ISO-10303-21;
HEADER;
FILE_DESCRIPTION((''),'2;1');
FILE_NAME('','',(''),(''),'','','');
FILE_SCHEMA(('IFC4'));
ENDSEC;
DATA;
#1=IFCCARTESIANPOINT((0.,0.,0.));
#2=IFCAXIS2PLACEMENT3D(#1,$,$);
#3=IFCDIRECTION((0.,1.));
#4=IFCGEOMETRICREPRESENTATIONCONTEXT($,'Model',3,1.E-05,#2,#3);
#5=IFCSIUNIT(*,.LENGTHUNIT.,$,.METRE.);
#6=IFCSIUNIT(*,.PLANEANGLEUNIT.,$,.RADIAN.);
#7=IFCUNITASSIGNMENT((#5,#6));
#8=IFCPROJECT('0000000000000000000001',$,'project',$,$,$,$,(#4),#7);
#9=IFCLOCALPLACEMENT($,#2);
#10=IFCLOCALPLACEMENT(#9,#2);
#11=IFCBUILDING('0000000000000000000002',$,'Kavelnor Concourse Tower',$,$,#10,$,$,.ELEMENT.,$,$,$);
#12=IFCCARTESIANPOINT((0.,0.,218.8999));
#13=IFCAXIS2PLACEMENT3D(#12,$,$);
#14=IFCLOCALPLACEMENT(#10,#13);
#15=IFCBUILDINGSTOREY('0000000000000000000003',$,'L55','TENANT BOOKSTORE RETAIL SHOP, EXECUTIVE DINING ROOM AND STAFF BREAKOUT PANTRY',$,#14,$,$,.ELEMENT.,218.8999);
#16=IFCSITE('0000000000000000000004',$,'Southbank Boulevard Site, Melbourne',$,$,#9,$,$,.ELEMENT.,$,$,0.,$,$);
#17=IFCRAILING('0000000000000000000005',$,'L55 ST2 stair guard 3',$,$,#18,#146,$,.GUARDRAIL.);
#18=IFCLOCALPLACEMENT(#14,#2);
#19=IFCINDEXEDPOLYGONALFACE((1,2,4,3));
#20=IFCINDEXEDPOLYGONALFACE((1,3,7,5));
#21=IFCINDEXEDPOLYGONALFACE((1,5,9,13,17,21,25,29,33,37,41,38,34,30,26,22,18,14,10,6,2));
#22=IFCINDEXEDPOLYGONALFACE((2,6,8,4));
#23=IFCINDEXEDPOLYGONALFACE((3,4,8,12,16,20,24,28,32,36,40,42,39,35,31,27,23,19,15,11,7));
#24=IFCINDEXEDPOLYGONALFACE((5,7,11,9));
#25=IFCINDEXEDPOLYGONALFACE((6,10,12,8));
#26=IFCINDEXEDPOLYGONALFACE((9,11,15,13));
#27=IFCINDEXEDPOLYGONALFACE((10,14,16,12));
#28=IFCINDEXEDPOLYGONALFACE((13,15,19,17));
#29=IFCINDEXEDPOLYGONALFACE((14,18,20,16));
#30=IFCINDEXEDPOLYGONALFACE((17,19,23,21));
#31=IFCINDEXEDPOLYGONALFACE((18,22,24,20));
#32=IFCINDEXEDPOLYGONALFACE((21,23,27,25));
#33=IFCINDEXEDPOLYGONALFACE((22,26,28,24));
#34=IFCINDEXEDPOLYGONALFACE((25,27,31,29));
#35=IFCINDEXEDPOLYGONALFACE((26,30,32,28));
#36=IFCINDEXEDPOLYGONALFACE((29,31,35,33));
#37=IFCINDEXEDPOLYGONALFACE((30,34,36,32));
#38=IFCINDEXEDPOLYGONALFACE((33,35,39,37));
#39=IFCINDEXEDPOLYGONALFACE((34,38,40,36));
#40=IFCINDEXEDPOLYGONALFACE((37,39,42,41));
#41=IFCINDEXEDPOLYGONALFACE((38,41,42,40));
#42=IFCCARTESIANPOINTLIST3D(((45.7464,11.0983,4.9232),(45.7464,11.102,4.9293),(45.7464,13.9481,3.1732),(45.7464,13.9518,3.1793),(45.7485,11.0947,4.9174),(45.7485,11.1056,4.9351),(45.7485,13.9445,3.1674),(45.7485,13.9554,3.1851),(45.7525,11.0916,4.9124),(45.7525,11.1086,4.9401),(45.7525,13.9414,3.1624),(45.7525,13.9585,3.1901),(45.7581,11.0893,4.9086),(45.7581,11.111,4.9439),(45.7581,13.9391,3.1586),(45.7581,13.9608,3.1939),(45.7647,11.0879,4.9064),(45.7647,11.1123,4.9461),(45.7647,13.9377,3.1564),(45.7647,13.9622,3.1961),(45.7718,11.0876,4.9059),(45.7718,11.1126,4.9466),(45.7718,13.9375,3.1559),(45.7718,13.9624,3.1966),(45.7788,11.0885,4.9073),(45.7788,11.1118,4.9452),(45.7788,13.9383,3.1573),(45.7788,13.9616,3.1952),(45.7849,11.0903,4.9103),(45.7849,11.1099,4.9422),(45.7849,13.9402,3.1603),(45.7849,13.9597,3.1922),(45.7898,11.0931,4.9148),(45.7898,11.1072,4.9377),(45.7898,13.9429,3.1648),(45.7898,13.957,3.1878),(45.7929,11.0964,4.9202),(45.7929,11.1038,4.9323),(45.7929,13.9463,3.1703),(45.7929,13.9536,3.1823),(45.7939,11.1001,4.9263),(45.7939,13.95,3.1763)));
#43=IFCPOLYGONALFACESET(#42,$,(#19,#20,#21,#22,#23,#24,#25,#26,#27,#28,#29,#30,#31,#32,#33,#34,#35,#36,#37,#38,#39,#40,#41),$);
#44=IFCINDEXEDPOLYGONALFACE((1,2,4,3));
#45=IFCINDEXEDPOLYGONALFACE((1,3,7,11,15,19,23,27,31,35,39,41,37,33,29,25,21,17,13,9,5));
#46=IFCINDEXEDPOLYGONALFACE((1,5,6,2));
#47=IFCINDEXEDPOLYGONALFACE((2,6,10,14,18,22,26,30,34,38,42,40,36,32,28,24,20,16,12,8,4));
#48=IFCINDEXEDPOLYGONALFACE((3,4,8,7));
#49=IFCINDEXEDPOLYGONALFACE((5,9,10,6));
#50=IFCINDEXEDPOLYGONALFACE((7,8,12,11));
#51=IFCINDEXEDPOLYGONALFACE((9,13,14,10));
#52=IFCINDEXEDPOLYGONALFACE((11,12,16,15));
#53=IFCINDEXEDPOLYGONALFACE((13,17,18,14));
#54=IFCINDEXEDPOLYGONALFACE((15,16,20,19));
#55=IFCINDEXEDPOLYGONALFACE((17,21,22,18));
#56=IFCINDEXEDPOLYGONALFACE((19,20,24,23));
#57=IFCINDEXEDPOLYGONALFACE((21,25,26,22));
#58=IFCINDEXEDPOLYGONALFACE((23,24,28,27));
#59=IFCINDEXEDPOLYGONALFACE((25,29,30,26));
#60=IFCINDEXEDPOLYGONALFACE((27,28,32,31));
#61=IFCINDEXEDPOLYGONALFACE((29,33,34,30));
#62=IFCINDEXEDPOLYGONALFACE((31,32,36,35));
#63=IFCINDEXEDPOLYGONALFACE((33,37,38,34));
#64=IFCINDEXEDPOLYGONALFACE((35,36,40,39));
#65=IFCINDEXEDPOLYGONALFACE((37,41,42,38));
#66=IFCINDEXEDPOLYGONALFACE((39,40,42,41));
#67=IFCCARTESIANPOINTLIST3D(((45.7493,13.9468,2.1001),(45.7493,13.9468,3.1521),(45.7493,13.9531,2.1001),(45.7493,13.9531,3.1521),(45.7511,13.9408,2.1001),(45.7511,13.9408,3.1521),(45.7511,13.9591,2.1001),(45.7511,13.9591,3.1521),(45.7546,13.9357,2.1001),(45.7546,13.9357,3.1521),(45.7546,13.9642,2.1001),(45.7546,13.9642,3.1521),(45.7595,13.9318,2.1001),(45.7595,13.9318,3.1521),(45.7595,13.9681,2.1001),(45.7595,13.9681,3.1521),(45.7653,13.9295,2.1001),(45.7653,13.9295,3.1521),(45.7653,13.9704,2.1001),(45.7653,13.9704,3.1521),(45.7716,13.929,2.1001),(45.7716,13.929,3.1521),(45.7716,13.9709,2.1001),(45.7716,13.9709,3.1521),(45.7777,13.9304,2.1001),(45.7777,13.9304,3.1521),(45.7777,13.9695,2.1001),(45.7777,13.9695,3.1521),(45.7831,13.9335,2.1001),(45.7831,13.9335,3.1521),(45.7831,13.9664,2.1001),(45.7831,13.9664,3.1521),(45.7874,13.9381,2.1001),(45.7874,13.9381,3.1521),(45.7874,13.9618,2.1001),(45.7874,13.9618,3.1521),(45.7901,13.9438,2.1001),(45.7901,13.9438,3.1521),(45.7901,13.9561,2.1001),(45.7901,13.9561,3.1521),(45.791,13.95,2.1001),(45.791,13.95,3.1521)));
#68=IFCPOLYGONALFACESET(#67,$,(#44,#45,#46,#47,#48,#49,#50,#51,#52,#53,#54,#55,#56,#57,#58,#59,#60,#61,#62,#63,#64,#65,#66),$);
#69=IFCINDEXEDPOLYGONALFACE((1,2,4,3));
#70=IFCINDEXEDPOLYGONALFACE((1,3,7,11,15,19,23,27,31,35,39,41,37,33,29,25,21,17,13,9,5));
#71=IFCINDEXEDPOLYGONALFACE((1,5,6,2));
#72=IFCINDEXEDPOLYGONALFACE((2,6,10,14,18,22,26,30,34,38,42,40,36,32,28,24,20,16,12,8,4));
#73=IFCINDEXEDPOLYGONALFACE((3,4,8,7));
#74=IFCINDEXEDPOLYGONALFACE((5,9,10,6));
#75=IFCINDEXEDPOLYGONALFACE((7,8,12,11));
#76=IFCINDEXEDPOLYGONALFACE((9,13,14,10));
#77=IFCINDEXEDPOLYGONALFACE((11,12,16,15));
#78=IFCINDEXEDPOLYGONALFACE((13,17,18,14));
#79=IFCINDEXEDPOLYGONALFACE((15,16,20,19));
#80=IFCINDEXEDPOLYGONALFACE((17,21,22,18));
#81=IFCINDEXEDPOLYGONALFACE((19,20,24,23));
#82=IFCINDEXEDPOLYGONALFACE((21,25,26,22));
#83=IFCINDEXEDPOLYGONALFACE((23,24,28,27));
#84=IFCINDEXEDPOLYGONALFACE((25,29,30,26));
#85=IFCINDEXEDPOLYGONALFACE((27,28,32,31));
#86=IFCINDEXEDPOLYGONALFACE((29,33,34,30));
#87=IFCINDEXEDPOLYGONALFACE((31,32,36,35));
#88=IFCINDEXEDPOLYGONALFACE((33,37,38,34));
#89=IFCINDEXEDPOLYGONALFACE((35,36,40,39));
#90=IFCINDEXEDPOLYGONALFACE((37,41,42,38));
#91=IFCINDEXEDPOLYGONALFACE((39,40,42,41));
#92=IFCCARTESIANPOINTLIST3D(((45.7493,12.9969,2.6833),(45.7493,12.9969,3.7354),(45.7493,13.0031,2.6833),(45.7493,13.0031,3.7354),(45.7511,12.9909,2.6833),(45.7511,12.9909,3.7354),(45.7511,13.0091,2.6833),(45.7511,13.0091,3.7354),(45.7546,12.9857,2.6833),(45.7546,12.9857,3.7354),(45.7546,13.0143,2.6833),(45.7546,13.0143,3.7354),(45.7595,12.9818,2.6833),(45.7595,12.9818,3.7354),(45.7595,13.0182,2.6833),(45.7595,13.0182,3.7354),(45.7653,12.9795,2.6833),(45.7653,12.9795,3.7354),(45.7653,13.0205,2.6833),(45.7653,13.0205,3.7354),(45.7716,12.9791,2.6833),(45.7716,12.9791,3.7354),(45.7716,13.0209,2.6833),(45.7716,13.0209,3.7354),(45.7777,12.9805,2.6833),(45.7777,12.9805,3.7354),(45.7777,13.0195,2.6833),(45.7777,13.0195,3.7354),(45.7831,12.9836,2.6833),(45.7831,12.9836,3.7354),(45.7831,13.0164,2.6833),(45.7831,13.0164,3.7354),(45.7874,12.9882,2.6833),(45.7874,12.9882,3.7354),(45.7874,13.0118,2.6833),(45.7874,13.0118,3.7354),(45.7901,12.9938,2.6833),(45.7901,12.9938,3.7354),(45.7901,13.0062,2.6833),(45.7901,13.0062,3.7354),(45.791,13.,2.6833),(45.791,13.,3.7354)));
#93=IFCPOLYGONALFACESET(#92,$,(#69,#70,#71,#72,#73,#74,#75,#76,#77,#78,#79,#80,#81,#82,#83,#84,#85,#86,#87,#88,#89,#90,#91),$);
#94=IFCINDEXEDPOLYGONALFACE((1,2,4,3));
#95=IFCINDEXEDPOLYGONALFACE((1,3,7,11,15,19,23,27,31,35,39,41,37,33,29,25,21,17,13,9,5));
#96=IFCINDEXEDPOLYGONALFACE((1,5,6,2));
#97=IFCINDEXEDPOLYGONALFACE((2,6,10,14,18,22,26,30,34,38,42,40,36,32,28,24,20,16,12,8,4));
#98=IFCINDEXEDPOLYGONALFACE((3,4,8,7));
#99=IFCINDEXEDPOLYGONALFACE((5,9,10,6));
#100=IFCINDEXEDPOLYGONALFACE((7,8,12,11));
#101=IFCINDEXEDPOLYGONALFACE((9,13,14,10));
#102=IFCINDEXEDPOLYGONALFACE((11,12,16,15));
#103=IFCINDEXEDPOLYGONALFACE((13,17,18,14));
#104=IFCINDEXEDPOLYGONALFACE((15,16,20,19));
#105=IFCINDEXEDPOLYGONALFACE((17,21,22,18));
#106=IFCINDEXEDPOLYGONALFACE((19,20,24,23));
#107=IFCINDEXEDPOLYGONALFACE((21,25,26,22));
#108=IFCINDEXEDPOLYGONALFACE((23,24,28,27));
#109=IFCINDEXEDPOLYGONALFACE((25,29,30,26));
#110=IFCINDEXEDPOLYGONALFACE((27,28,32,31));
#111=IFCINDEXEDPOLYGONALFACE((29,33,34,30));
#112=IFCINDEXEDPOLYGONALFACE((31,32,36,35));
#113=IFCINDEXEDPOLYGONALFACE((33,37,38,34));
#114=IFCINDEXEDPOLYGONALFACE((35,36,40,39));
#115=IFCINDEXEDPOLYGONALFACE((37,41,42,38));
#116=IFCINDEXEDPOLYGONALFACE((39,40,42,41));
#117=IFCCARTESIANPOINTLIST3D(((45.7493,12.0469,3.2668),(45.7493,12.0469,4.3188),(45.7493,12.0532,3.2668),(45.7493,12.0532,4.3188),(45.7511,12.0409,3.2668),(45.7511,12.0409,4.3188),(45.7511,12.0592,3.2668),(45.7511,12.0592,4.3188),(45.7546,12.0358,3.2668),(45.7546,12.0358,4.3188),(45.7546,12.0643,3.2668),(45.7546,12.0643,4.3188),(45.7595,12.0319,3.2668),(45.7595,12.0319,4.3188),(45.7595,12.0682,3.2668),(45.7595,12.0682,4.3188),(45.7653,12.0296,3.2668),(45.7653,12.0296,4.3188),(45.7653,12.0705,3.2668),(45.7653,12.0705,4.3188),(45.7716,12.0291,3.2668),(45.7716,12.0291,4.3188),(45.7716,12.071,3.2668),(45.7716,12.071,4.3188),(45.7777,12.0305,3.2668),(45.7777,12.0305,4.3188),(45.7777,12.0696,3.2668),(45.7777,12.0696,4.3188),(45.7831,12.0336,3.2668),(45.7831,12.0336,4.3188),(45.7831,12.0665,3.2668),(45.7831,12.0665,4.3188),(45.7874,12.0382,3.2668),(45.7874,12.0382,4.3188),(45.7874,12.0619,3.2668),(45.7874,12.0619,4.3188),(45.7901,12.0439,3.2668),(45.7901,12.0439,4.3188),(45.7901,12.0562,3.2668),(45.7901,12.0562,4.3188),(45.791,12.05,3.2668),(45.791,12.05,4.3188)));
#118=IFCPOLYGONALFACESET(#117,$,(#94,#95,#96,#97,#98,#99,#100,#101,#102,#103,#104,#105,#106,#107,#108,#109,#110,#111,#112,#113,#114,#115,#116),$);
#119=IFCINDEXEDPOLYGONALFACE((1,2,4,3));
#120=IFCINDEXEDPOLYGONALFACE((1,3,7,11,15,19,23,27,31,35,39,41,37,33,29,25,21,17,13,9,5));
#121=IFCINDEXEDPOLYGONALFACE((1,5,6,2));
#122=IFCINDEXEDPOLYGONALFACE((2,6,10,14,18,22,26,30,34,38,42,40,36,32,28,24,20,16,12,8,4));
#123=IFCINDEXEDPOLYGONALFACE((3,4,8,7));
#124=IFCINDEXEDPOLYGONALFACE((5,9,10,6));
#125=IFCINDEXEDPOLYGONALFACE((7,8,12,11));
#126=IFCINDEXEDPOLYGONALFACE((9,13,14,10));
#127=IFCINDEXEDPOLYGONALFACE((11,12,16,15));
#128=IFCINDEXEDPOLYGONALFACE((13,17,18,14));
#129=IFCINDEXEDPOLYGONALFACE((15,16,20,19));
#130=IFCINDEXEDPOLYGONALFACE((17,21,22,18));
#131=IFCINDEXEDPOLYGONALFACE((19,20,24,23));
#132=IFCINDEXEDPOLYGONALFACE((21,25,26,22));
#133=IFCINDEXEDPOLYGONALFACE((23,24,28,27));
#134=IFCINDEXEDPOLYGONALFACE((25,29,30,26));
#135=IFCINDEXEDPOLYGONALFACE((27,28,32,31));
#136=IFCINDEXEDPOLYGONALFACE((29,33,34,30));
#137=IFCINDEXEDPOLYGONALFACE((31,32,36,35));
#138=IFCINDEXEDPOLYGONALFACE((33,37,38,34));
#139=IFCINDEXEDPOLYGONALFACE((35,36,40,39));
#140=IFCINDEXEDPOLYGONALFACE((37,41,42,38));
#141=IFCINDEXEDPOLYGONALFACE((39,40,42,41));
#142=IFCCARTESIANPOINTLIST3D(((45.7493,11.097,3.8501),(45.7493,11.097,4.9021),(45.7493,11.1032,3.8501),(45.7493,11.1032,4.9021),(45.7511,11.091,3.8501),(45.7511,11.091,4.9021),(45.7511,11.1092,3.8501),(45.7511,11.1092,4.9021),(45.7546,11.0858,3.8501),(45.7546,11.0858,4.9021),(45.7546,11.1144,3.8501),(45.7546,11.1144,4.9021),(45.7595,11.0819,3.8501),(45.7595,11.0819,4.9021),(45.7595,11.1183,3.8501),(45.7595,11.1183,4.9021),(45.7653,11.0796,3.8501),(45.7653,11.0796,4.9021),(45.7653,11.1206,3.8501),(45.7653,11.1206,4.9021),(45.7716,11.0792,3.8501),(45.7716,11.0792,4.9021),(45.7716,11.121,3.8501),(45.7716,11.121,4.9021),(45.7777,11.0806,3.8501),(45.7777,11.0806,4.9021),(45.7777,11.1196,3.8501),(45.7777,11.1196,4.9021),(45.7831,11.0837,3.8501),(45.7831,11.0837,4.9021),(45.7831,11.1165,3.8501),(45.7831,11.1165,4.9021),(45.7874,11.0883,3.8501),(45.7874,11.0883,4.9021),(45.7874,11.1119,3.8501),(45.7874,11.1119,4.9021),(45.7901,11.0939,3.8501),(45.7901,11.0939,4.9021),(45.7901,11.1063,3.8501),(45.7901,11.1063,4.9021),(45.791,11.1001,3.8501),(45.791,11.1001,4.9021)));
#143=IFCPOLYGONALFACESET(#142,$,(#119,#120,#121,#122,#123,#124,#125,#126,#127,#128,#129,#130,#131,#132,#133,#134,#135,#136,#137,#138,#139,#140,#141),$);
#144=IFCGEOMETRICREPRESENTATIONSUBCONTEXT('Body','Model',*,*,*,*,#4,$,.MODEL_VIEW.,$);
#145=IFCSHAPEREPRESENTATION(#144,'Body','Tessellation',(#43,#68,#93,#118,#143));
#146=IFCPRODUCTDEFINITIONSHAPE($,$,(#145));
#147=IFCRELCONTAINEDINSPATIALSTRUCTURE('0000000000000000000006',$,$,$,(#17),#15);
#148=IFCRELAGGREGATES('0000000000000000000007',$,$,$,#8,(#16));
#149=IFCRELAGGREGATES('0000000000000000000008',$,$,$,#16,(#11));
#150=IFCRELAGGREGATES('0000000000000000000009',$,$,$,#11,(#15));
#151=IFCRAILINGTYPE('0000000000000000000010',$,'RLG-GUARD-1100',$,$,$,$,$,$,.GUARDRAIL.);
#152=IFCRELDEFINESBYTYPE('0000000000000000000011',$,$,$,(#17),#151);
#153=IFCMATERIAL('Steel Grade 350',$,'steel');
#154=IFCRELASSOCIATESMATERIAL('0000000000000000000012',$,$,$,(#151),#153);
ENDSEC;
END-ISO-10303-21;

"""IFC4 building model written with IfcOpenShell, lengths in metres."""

from ifc_helpers import new_model, si_unit, direction, frame, origin, origin_2d, place, context, subcontext, project, spatial, circle, extrude, material, type_object, element, save


model = new_model("IFC4")

# Units and contexts
model_context = context("Model", 3, precision=1e-05, world=origin(), true_north=direction((0.0, 1.0)))
body_context = subcontext(model_context, "Body", "Model", "MODEL_VIEW")
ifc_project = project(units=[si_unit("LENGTHUNIT", "METRE"), si_unit("PLANEANGLEUNIT", "RADIAN")], contexts=[model_context])

# Site, building, storey
site_placement = place(None, origin())
site = spatial("IfcSite", under=ifc_project, at=site_placement, Name="Southbank Boulevard Site, Melbourne", CompositionType="ELEMENT", RefElevation=0.0)
building_placement = place(site_placement, origin())
building = spatial("IfcBuilding", under=site, at=building_placement, Name="Kavelnor Concourse Tower", CompositionType="ELEMENT")
storey_placement = place(building_placement, frame((0.0, 0.0, 218.8999)))
storey = spatial("IfcBuildingStorey", under=building, at=storey_placement, Name="L55", Description="TENANT BOOKSTORE RETAIL SHOP, EXECUTIVE DINING ROOM AND STAFF BREAKOUT PANTRY", CompositionType="ELEMENT", Elevation=218.8999)

# Shared definitions
ifc_material_1 = material(Name="Steel Grade 350", Category="steel")

# Railing
railing_type_1 = type_object("IfcRailingType", Name="RLG-GUARD-1100", PredefinedType="GUARDRAIL", material=ifc_material_1)
railing_1_placement = place(storey_placement, frame((45.77, 13.95, 2.1001)))
element("IfcRailing", 1, at=railing_1_placement, inside=storey, type_object=railing_type_1, Name="L55 ST2 stair guard 3", PredefinedType="GUARDRAIL", context=body_context, shape_type="SweptSolid", body=[
    extrude(circle(Radius=0.0239, at=origin_2d()), frame((0.0, 0.0, 1.0762), z_axis=(0.0, -0.852159, 0.523283), x_axis=(1.0, 0.0, 0.0)), (0.0, 0.0, 1.0), 3.3442),
    extrude(circle(Radius=0.021, at=origin_2d()), origin(), (0.0, 0.0, 1.0), 1.052),
    extrude(circle(Radius=0.021, at=origin_2d()), frame((0.0, -0.95, 0.5833)), (0.0, 0.0, 1.0), 1.052),
    extrude(circle(Radius=0.021, at=origin_2d()), frame((0.0, -1.8999, 1.1667)), (0.0, 0.0, 1.0), 1.052),
    extrude(circle(Radius=0.021, at=origin_2d()), frame((0.0, -2.8499, 1.75)), (0.0, 0.0, 1.0), 1.052),
])

save(model, "model.ifc")
